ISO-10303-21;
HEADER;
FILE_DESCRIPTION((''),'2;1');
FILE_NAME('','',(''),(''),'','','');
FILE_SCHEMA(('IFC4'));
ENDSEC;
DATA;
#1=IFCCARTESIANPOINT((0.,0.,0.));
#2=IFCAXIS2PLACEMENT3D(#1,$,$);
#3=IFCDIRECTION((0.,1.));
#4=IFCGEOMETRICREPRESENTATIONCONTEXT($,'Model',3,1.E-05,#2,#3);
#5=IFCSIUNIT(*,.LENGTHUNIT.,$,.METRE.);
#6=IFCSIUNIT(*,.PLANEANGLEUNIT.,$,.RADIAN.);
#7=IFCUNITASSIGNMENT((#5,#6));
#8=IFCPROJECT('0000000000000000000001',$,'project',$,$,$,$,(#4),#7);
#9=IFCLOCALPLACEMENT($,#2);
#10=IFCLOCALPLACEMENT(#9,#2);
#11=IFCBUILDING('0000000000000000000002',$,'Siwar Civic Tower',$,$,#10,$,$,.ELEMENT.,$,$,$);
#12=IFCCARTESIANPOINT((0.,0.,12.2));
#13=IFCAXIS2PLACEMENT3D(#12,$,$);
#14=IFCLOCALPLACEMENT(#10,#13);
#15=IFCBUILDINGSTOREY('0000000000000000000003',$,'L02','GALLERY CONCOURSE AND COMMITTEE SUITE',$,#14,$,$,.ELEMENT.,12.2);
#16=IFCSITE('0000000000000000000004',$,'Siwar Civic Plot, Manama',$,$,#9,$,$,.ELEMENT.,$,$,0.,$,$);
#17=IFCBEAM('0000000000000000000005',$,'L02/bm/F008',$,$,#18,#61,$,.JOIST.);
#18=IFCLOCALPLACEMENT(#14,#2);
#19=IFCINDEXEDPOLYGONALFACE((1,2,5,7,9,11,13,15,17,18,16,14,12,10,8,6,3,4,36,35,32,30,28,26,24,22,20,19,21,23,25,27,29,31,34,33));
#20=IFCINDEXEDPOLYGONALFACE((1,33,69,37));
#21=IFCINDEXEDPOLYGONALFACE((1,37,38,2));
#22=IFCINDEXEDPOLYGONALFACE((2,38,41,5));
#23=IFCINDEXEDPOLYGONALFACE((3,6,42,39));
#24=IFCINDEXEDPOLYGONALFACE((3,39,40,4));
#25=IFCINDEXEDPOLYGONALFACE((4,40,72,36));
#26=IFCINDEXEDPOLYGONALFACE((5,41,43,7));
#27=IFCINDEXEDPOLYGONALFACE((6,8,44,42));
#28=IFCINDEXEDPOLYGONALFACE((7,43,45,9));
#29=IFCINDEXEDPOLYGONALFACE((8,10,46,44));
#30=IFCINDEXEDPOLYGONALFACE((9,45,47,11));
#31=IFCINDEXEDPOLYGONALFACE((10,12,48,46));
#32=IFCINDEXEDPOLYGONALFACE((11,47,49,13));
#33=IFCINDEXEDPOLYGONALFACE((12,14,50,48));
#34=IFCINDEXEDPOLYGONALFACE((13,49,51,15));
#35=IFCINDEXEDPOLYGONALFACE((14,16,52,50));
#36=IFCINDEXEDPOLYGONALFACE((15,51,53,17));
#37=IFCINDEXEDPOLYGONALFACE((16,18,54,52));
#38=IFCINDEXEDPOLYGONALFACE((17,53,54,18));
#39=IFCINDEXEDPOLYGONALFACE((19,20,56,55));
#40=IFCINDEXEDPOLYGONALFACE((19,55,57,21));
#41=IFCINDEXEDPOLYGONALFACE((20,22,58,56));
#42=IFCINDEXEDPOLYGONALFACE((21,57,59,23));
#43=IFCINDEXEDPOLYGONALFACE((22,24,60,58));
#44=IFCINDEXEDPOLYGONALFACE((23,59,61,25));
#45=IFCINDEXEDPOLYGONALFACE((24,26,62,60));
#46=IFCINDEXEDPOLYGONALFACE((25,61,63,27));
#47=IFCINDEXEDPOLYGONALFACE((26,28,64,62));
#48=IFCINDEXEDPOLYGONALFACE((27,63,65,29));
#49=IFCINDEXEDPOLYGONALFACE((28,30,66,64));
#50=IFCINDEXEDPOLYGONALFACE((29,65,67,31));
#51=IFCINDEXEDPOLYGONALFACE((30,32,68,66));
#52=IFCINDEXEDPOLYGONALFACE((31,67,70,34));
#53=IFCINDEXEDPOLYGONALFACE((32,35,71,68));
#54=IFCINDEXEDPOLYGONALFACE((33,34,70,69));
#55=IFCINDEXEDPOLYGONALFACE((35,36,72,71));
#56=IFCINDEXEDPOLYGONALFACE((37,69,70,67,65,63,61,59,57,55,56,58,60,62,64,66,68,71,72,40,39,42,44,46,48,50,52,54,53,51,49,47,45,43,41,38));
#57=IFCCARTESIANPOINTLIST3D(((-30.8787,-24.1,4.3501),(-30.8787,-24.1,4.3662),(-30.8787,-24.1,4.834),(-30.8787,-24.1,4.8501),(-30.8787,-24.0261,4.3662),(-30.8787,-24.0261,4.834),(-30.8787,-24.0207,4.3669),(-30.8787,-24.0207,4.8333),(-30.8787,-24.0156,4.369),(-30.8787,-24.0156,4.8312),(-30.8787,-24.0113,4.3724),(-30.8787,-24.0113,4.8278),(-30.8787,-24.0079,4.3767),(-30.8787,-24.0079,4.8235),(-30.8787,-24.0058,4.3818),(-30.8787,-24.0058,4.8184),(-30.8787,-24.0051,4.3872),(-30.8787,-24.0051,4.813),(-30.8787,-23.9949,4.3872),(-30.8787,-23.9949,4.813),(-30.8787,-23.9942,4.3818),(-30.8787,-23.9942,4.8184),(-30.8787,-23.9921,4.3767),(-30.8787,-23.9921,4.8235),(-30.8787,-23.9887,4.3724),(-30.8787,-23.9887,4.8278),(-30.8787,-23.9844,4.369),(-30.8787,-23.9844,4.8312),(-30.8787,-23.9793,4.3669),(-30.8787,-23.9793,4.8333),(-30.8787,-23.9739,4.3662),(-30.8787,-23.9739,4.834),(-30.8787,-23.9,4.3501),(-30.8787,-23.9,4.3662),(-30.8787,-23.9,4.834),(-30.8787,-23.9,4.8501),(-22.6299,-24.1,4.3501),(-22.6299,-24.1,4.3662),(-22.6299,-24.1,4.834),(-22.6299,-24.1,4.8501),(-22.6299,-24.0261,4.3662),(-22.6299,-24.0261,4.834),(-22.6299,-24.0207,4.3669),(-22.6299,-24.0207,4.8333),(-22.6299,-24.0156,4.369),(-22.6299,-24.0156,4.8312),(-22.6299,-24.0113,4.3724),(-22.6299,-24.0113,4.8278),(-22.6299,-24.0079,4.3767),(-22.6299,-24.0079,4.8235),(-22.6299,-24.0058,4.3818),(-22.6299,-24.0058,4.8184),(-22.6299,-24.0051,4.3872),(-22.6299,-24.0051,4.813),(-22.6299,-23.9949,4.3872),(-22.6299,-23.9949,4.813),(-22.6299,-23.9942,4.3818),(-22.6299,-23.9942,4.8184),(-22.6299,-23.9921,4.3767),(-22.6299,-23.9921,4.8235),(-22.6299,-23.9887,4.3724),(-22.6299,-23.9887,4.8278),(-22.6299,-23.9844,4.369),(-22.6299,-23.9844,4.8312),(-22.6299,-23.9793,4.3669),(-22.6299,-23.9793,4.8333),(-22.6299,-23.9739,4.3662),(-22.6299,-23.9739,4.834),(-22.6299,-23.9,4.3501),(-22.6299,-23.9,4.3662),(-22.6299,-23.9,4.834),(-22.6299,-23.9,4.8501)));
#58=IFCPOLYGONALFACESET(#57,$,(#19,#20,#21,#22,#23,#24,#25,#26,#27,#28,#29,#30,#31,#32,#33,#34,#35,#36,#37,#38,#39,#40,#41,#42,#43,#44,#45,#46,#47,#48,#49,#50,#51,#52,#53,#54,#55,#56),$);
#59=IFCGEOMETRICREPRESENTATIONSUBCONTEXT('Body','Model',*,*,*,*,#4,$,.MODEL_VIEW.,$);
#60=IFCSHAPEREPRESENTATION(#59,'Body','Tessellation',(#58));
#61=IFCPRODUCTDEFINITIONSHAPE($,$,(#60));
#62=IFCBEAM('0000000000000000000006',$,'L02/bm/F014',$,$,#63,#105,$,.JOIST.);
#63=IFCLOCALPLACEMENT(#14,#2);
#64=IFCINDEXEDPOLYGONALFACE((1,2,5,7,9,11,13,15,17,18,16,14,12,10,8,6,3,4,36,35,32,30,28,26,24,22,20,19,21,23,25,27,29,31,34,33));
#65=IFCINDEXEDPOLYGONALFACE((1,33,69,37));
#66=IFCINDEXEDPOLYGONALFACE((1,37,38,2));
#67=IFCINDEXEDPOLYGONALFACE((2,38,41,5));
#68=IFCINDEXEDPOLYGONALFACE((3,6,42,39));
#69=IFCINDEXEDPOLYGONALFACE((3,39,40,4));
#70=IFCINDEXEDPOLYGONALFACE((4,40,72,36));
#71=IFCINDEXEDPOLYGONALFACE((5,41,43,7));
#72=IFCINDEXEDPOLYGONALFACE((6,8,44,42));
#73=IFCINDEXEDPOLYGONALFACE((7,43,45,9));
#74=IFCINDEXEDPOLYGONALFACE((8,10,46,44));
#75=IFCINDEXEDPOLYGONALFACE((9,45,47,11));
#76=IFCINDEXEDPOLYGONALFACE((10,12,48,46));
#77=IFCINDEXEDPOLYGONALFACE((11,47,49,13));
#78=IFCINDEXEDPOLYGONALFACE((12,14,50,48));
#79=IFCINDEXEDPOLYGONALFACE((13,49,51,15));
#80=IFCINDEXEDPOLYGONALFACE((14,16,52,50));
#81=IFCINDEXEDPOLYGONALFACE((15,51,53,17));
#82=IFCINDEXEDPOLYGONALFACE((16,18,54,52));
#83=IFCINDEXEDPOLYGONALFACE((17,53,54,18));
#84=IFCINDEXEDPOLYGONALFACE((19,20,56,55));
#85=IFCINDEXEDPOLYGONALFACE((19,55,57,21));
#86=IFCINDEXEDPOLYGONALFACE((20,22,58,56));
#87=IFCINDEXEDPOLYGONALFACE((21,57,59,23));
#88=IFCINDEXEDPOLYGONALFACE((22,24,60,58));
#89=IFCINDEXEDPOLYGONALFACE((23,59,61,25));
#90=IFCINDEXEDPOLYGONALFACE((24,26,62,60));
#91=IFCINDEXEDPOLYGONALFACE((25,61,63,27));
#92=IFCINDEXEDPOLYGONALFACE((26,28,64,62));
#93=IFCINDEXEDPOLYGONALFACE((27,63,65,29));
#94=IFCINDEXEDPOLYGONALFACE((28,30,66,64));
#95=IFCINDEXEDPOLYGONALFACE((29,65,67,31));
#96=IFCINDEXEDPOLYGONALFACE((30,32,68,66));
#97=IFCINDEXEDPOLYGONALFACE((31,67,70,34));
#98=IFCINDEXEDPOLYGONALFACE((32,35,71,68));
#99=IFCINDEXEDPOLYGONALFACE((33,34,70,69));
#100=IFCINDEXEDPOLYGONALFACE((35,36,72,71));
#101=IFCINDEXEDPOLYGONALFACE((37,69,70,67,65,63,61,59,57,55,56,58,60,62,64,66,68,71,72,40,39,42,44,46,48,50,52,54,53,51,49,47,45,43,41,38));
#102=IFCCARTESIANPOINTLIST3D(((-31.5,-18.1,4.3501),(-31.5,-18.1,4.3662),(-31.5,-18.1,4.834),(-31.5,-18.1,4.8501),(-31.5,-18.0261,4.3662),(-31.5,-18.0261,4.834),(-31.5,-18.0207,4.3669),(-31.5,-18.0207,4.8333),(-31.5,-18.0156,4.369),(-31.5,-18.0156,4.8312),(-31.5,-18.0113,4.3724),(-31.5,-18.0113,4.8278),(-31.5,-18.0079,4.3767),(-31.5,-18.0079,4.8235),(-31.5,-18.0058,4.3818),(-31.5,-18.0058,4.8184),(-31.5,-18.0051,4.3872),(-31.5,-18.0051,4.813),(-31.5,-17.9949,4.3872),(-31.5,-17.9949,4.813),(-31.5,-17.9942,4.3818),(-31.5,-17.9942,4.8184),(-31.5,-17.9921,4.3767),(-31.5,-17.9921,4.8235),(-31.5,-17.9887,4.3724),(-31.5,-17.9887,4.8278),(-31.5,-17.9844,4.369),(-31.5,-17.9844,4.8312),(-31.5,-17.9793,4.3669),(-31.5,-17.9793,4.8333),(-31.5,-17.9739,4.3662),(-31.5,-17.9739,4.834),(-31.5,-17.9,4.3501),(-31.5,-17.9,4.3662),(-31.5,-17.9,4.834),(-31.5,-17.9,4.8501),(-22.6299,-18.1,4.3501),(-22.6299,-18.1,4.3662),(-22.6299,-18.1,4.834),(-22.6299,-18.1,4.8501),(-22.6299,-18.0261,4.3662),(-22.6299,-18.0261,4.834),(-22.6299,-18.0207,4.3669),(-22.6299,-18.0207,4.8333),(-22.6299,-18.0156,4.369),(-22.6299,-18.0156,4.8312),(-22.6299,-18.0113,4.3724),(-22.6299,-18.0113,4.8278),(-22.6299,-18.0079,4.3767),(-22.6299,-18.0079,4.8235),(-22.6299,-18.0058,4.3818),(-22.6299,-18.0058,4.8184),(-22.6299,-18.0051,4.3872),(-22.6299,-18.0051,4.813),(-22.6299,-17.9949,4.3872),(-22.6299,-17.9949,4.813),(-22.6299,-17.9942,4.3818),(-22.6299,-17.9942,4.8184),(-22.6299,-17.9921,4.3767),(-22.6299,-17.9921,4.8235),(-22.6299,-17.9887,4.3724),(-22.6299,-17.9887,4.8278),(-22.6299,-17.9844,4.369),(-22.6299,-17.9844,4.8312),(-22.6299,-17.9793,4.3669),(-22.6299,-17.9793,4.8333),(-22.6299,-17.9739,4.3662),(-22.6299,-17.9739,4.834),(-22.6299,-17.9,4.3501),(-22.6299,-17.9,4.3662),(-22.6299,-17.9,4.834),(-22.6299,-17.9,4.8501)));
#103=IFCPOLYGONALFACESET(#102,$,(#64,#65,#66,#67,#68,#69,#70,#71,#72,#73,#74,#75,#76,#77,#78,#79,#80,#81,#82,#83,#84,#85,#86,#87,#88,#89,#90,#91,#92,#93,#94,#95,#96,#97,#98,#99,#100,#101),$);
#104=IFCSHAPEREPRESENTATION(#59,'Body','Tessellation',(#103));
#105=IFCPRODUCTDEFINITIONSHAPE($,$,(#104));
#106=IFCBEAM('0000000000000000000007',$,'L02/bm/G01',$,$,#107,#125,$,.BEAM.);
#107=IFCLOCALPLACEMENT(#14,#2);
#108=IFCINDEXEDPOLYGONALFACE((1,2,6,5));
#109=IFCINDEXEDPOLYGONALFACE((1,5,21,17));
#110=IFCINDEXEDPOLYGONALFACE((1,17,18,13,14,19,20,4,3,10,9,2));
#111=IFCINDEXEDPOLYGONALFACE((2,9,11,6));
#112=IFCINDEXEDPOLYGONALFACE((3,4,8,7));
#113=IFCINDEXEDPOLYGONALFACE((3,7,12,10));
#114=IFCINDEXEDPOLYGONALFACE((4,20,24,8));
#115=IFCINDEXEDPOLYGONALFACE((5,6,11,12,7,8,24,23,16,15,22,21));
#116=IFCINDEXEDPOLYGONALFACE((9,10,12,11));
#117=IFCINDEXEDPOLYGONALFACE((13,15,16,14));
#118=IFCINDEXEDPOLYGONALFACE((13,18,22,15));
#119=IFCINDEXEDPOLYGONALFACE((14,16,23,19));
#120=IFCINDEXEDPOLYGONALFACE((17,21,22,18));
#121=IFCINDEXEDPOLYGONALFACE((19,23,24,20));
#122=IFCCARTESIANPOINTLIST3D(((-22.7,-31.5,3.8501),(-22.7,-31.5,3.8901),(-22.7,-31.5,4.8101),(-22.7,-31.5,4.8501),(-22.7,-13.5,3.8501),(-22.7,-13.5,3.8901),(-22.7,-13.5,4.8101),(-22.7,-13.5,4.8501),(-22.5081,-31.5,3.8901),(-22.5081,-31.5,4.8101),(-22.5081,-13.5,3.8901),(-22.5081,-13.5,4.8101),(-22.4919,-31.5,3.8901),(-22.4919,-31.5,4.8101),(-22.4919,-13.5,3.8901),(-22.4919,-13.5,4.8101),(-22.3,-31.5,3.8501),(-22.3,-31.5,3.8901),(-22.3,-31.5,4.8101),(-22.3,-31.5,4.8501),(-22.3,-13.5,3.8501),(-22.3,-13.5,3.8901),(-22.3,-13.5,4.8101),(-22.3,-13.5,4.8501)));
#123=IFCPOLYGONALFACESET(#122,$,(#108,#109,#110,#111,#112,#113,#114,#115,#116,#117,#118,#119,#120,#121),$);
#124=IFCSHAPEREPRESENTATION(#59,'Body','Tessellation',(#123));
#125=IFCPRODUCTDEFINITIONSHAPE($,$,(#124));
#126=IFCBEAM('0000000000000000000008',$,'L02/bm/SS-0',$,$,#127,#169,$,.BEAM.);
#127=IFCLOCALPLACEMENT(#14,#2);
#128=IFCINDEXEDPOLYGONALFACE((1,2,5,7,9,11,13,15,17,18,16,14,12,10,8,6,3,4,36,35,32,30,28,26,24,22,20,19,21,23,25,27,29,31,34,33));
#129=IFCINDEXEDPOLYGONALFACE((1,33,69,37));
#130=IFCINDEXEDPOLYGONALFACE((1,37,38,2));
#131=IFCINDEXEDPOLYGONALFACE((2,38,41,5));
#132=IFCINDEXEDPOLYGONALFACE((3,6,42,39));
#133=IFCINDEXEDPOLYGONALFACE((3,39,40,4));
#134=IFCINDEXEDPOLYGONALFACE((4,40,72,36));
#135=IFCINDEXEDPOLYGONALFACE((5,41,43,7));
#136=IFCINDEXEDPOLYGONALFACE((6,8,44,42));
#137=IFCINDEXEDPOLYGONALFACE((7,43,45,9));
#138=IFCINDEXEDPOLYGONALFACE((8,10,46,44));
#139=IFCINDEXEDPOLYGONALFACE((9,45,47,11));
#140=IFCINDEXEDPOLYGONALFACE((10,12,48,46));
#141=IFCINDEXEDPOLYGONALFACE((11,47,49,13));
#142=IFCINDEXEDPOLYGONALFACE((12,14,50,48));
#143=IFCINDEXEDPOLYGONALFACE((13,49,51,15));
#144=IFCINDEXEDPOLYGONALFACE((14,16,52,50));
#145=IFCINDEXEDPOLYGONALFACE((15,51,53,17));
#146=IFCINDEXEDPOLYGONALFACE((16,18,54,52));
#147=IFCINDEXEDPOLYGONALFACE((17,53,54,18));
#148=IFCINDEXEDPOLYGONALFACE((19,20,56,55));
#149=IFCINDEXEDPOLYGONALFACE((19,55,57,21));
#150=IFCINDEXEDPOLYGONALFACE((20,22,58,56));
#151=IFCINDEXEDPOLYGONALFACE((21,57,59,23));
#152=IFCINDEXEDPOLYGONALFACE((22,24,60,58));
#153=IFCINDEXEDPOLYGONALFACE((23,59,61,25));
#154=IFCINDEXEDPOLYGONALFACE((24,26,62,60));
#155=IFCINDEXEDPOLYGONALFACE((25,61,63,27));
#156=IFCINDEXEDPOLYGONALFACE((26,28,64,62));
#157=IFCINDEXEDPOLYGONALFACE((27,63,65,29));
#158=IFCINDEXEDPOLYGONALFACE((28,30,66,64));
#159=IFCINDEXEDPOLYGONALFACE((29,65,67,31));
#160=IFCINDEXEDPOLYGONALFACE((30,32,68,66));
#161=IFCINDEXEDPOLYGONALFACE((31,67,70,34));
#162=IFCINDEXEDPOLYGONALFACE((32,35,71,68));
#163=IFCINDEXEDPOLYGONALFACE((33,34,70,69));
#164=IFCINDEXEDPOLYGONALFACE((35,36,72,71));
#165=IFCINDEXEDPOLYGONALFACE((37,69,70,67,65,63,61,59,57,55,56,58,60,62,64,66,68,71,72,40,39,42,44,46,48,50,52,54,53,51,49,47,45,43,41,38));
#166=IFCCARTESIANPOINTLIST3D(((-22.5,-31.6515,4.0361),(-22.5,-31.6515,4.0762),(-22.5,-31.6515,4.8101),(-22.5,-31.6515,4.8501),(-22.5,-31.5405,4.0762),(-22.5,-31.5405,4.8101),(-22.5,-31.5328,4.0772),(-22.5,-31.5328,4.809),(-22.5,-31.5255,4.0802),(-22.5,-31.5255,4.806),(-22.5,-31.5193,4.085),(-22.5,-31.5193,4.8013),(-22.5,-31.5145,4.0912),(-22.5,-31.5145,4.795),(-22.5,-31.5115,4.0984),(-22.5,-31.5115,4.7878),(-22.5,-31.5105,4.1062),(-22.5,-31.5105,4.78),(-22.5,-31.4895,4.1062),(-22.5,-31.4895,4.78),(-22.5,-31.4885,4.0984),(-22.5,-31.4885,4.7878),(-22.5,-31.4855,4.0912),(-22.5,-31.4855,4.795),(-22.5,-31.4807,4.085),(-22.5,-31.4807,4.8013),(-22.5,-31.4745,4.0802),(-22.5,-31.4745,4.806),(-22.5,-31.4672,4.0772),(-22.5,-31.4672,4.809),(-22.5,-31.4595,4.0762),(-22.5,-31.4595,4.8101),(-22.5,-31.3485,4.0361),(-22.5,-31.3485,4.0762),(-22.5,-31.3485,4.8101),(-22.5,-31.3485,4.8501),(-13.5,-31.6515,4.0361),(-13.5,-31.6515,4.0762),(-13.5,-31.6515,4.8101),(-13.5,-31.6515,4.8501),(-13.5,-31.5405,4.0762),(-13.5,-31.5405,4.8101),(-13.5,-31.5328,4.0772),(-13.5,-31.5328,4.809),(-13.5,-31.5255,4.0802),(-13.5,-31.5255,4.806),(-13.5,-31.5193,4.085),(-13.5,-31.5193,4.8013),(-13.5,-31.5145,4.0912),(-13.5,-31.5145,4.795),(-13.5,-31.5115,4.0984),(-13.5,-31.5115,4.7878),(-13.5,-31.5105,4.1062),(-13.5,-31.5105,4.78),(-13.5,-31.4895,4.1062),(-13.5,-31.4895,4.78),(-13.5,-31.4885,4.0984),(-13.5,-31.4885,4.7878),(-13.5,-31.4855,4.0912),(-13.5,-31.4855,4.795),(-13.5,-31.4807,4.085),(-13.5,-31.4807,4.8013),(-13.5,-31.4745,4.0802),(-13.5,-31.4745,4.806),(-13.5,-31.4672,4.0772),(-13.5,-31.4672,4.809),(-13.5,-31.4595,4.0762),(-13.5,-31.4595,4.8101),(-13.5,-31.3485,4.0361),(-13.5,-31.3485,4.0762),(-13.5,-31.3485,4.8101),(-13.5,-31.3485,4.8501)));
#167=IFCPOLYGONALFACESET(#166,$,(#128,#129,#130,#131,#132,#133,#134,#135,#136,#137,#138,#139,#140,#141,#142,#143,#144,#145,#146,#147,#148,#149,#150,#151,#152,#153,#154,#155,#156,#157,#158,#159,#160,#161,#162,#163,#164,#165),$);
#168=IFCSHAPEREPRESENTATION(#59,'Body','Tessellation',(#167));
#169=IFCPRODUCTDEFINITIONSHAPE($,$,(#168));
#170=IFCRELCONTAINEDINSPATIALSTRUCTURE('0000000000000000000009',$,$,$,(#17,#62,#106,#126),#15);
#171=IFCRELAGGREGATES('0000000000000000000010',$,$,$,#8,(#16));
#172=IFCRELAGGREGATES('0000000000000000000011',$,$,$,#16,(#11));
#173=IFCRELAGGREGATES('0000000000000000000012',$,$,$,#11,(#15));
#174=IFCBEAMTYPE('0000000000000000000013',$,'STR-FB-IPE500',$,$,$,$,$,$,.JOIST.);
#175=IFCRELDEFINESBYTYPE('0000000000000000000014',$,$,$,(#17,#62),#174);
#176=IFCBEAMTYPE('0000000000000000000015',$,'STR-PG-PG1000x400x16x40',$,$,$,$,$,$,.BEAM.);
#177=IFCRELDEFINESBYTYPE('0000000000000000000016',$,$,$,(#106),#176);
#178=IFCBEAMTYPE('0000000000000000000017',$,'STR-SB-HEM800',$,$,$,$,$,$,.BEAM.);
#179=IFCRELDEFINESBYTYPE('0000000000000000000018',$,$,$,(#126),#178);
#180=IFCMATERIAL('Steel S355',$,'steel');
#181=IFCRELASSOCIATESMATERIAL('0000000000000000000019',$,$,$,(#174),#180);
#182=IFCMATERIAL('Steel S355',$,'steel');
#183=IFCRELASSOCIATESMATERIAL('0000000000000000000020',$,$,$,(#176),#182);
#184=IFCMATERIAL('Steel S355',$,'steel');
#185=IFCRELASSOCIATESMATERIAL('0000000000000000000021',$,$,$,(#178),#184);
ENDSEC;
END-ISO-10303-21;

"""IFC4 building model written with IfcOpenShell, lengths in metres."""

from ifc_helpers import new_model, si_unit, direction, frame, origin, origin_2d, place, context, subcontext, project, spatial, i_section, extrude, material, material_profile, profile_set, type_object, element, save


model = new_model("IFC4")

# Units and contexts
model_context = context("Model", 3, precision=1e-05, world=origin(), true_north=direction((0.0, 1.0)))
body_context = subcontext(model_context, "Body", "Model", "MODEL_VIEW")
ifc_project = project(units=[si_unit("LENGTHUNIT", "METRE"), si_unit("PLANEANGLEUNIT", "RADIAN")], contexts=[model_context])

# Site, building, storey
site_placement = place(None, origin())
site = spatial("IfcSite", under=ifc_project, at=site_placement, Name="Siwar Civic Plot, Manama", CompositionType="ELEMENT", RefElevation=0.0)
building_placement = place(site_placement, origin())
building = spatial("IfcBuilding", under=site, at=building_placement, Name="Siwar Civic Tower", CompositionType="ELEMENT")
storey_placement = place(building_placement, frame((0.0, 0.0, 12.2)))
storey = spatial("IfcBuildingStorey", under=building, at=storey_placement, Name="L02", Description="GALLERY CONCOURSE AND COMMITTEE SUITE", CompositionType="ELEMENT", Elevation=12.2)

# Beams
ifc_material_1 = material(Name="Steel S355", Category="steel")
ifc_material_profile_1 = material_profile(ifc_material_1, i_section(OverallWidth=0.2, OverallDepth=0.5, WebThickness=0.0103, FlangeThickness=0.0161, FilletRadius=0.021, at=origin_2d()), Name="IPE500")
ifc_profile_set_1 = profile_set([ifc_material_profile_1], Name="Steel S355")
beam_type_1 = type_object("IfcBeamType", Name="STR-FB-IPE500", PredefinedType="JOIST", material=ifc_profile_set_1)
beam_1_placement = place(storey_placement, frame((-30.8787, -24.0, 4.6001), z_axis=(1.0, 0.0, 0.0), x_axis=(0.0, 1.0, 0.0)))
element("IfcBeam", 1, at=beam_1_placement, inside=storey, type_object=beam_type_1, Name="L02/bm/F008", PredefinedType="JOIST", context=body_context, shape_type="SweptSolid", body=[
    extrude(i_section(OverallWidth=0.2, OverallDepth=0.5, WebThickness=0.0103, FlangeThickness=0.0161, FilletRadius=0.021, at=origin_2d()), origin(), (0.0, 0.0, 1.0), 8.2488),
])
beam_2_placement = place(storey_placement, frame((-31.5, -18.0, 4.6001), z_axis=(1.0, 0.0, 0.0), x_axis=(0.0, 1.0, 0.0)))
element("IfcBeam", 2, at=beam_2_placement, inside=storey, type_object=beam_type_1, Name="L02/bm/F014", PredefinedType="JOIST", context=body_context, shape_type="SweptSolid", body=[
    extrude(i_section(OverallWidth=0.2, OverallDepth=0.5, WebThickness=0.0103, FlangeThickness=0.0161, FilletRadius=0.021, at=origin_2d()), origin(), (0.0, 0.0, 1.0), 8.8701),
])
ifc_material_2 = material(Name="Steel S355", Category="steel")
ifc_material_profile_2 = material_profile(ifc_material_2, i_section(OverallWidth=0.3999, OverallDepth=1.0, WebThickness=0.0161, FlangeThickness=0.04, at=origin_2d()), Name="PG1000x400x16x40")
ifc_profile_set_2 = profile_set([ifc_material_profile_2], Name="Steel S355")
beam_type_2 = type_object("IfcBeamType", Name="STR-PG-PG1000x400x16x40", PredefinedType="BEAM", material=ifc_profile_set_2)
beam_3_placement = place(storey_placement, frame((-22.5, -31.5, 4.3501), z_axis=(0.0, 1.0, 0.0), x_axis=(-1.0, 0.0, 0.0)))
element("IfcBeam", 3, at=beam_3_placement, inside=storey, type_object=beam_type_2, Name="L02/bm/G01", PredefinedType="BEAM", context=body_context, shape_type="SweptSolid", body=[
    extrude(i_section(OverallWidth=0.3999, OverallDepth=1.0, WebThickness=0.0161, FlangeThickness=0.04, at=origin_2d()), origin(), (0.0, 0.0, 1.0), 18.0),
])
ifc_material_3 = material(Name="Steel S355", Category="steel")
ifc_material_profile_3 = material_profile(ifc_material_3, i_section(OverallWidth=0.303, OverallDepth=0.814, WebThickness=0.021, FlangeThickness=0.04, FilletRadius=0.03, at=origin_2d()), Name="HEM800")
ifc_profile_set_3 = profile_set([ifc_material_profile_3], Name="Steel S355")
beam_type_3 = type_object("IfcBeamType", Name="STR-SB-HEM800", PredefinedType="BEAM", material=ifc_profile_set_3)
beam_4_placement = place(storey_placement, frame((-22.5, -31.5, 4.4431), z_axis=(1.0, 0.0, 0.0), x_axis=(0.0, 1.0, 0.0)))
element("IfcBeam", 4, at=beam_4_placement, inside=storey, type_object=beam_type_3, Name="L02/bm/SS-0", PredefinedType="BEAM", context=body_context, shape_type="SweptSolid", body=[
    extrude(i_section(OverallWidth=0.303, OverallDepth=0.814, WebThickness=0.021, FlangeThickness=0.04, FilletRadius=0.03, at=origin_2d()), origin(), (0.0, 0.0, 1.0), 9.0),
])

save(model, "model.ifc")
